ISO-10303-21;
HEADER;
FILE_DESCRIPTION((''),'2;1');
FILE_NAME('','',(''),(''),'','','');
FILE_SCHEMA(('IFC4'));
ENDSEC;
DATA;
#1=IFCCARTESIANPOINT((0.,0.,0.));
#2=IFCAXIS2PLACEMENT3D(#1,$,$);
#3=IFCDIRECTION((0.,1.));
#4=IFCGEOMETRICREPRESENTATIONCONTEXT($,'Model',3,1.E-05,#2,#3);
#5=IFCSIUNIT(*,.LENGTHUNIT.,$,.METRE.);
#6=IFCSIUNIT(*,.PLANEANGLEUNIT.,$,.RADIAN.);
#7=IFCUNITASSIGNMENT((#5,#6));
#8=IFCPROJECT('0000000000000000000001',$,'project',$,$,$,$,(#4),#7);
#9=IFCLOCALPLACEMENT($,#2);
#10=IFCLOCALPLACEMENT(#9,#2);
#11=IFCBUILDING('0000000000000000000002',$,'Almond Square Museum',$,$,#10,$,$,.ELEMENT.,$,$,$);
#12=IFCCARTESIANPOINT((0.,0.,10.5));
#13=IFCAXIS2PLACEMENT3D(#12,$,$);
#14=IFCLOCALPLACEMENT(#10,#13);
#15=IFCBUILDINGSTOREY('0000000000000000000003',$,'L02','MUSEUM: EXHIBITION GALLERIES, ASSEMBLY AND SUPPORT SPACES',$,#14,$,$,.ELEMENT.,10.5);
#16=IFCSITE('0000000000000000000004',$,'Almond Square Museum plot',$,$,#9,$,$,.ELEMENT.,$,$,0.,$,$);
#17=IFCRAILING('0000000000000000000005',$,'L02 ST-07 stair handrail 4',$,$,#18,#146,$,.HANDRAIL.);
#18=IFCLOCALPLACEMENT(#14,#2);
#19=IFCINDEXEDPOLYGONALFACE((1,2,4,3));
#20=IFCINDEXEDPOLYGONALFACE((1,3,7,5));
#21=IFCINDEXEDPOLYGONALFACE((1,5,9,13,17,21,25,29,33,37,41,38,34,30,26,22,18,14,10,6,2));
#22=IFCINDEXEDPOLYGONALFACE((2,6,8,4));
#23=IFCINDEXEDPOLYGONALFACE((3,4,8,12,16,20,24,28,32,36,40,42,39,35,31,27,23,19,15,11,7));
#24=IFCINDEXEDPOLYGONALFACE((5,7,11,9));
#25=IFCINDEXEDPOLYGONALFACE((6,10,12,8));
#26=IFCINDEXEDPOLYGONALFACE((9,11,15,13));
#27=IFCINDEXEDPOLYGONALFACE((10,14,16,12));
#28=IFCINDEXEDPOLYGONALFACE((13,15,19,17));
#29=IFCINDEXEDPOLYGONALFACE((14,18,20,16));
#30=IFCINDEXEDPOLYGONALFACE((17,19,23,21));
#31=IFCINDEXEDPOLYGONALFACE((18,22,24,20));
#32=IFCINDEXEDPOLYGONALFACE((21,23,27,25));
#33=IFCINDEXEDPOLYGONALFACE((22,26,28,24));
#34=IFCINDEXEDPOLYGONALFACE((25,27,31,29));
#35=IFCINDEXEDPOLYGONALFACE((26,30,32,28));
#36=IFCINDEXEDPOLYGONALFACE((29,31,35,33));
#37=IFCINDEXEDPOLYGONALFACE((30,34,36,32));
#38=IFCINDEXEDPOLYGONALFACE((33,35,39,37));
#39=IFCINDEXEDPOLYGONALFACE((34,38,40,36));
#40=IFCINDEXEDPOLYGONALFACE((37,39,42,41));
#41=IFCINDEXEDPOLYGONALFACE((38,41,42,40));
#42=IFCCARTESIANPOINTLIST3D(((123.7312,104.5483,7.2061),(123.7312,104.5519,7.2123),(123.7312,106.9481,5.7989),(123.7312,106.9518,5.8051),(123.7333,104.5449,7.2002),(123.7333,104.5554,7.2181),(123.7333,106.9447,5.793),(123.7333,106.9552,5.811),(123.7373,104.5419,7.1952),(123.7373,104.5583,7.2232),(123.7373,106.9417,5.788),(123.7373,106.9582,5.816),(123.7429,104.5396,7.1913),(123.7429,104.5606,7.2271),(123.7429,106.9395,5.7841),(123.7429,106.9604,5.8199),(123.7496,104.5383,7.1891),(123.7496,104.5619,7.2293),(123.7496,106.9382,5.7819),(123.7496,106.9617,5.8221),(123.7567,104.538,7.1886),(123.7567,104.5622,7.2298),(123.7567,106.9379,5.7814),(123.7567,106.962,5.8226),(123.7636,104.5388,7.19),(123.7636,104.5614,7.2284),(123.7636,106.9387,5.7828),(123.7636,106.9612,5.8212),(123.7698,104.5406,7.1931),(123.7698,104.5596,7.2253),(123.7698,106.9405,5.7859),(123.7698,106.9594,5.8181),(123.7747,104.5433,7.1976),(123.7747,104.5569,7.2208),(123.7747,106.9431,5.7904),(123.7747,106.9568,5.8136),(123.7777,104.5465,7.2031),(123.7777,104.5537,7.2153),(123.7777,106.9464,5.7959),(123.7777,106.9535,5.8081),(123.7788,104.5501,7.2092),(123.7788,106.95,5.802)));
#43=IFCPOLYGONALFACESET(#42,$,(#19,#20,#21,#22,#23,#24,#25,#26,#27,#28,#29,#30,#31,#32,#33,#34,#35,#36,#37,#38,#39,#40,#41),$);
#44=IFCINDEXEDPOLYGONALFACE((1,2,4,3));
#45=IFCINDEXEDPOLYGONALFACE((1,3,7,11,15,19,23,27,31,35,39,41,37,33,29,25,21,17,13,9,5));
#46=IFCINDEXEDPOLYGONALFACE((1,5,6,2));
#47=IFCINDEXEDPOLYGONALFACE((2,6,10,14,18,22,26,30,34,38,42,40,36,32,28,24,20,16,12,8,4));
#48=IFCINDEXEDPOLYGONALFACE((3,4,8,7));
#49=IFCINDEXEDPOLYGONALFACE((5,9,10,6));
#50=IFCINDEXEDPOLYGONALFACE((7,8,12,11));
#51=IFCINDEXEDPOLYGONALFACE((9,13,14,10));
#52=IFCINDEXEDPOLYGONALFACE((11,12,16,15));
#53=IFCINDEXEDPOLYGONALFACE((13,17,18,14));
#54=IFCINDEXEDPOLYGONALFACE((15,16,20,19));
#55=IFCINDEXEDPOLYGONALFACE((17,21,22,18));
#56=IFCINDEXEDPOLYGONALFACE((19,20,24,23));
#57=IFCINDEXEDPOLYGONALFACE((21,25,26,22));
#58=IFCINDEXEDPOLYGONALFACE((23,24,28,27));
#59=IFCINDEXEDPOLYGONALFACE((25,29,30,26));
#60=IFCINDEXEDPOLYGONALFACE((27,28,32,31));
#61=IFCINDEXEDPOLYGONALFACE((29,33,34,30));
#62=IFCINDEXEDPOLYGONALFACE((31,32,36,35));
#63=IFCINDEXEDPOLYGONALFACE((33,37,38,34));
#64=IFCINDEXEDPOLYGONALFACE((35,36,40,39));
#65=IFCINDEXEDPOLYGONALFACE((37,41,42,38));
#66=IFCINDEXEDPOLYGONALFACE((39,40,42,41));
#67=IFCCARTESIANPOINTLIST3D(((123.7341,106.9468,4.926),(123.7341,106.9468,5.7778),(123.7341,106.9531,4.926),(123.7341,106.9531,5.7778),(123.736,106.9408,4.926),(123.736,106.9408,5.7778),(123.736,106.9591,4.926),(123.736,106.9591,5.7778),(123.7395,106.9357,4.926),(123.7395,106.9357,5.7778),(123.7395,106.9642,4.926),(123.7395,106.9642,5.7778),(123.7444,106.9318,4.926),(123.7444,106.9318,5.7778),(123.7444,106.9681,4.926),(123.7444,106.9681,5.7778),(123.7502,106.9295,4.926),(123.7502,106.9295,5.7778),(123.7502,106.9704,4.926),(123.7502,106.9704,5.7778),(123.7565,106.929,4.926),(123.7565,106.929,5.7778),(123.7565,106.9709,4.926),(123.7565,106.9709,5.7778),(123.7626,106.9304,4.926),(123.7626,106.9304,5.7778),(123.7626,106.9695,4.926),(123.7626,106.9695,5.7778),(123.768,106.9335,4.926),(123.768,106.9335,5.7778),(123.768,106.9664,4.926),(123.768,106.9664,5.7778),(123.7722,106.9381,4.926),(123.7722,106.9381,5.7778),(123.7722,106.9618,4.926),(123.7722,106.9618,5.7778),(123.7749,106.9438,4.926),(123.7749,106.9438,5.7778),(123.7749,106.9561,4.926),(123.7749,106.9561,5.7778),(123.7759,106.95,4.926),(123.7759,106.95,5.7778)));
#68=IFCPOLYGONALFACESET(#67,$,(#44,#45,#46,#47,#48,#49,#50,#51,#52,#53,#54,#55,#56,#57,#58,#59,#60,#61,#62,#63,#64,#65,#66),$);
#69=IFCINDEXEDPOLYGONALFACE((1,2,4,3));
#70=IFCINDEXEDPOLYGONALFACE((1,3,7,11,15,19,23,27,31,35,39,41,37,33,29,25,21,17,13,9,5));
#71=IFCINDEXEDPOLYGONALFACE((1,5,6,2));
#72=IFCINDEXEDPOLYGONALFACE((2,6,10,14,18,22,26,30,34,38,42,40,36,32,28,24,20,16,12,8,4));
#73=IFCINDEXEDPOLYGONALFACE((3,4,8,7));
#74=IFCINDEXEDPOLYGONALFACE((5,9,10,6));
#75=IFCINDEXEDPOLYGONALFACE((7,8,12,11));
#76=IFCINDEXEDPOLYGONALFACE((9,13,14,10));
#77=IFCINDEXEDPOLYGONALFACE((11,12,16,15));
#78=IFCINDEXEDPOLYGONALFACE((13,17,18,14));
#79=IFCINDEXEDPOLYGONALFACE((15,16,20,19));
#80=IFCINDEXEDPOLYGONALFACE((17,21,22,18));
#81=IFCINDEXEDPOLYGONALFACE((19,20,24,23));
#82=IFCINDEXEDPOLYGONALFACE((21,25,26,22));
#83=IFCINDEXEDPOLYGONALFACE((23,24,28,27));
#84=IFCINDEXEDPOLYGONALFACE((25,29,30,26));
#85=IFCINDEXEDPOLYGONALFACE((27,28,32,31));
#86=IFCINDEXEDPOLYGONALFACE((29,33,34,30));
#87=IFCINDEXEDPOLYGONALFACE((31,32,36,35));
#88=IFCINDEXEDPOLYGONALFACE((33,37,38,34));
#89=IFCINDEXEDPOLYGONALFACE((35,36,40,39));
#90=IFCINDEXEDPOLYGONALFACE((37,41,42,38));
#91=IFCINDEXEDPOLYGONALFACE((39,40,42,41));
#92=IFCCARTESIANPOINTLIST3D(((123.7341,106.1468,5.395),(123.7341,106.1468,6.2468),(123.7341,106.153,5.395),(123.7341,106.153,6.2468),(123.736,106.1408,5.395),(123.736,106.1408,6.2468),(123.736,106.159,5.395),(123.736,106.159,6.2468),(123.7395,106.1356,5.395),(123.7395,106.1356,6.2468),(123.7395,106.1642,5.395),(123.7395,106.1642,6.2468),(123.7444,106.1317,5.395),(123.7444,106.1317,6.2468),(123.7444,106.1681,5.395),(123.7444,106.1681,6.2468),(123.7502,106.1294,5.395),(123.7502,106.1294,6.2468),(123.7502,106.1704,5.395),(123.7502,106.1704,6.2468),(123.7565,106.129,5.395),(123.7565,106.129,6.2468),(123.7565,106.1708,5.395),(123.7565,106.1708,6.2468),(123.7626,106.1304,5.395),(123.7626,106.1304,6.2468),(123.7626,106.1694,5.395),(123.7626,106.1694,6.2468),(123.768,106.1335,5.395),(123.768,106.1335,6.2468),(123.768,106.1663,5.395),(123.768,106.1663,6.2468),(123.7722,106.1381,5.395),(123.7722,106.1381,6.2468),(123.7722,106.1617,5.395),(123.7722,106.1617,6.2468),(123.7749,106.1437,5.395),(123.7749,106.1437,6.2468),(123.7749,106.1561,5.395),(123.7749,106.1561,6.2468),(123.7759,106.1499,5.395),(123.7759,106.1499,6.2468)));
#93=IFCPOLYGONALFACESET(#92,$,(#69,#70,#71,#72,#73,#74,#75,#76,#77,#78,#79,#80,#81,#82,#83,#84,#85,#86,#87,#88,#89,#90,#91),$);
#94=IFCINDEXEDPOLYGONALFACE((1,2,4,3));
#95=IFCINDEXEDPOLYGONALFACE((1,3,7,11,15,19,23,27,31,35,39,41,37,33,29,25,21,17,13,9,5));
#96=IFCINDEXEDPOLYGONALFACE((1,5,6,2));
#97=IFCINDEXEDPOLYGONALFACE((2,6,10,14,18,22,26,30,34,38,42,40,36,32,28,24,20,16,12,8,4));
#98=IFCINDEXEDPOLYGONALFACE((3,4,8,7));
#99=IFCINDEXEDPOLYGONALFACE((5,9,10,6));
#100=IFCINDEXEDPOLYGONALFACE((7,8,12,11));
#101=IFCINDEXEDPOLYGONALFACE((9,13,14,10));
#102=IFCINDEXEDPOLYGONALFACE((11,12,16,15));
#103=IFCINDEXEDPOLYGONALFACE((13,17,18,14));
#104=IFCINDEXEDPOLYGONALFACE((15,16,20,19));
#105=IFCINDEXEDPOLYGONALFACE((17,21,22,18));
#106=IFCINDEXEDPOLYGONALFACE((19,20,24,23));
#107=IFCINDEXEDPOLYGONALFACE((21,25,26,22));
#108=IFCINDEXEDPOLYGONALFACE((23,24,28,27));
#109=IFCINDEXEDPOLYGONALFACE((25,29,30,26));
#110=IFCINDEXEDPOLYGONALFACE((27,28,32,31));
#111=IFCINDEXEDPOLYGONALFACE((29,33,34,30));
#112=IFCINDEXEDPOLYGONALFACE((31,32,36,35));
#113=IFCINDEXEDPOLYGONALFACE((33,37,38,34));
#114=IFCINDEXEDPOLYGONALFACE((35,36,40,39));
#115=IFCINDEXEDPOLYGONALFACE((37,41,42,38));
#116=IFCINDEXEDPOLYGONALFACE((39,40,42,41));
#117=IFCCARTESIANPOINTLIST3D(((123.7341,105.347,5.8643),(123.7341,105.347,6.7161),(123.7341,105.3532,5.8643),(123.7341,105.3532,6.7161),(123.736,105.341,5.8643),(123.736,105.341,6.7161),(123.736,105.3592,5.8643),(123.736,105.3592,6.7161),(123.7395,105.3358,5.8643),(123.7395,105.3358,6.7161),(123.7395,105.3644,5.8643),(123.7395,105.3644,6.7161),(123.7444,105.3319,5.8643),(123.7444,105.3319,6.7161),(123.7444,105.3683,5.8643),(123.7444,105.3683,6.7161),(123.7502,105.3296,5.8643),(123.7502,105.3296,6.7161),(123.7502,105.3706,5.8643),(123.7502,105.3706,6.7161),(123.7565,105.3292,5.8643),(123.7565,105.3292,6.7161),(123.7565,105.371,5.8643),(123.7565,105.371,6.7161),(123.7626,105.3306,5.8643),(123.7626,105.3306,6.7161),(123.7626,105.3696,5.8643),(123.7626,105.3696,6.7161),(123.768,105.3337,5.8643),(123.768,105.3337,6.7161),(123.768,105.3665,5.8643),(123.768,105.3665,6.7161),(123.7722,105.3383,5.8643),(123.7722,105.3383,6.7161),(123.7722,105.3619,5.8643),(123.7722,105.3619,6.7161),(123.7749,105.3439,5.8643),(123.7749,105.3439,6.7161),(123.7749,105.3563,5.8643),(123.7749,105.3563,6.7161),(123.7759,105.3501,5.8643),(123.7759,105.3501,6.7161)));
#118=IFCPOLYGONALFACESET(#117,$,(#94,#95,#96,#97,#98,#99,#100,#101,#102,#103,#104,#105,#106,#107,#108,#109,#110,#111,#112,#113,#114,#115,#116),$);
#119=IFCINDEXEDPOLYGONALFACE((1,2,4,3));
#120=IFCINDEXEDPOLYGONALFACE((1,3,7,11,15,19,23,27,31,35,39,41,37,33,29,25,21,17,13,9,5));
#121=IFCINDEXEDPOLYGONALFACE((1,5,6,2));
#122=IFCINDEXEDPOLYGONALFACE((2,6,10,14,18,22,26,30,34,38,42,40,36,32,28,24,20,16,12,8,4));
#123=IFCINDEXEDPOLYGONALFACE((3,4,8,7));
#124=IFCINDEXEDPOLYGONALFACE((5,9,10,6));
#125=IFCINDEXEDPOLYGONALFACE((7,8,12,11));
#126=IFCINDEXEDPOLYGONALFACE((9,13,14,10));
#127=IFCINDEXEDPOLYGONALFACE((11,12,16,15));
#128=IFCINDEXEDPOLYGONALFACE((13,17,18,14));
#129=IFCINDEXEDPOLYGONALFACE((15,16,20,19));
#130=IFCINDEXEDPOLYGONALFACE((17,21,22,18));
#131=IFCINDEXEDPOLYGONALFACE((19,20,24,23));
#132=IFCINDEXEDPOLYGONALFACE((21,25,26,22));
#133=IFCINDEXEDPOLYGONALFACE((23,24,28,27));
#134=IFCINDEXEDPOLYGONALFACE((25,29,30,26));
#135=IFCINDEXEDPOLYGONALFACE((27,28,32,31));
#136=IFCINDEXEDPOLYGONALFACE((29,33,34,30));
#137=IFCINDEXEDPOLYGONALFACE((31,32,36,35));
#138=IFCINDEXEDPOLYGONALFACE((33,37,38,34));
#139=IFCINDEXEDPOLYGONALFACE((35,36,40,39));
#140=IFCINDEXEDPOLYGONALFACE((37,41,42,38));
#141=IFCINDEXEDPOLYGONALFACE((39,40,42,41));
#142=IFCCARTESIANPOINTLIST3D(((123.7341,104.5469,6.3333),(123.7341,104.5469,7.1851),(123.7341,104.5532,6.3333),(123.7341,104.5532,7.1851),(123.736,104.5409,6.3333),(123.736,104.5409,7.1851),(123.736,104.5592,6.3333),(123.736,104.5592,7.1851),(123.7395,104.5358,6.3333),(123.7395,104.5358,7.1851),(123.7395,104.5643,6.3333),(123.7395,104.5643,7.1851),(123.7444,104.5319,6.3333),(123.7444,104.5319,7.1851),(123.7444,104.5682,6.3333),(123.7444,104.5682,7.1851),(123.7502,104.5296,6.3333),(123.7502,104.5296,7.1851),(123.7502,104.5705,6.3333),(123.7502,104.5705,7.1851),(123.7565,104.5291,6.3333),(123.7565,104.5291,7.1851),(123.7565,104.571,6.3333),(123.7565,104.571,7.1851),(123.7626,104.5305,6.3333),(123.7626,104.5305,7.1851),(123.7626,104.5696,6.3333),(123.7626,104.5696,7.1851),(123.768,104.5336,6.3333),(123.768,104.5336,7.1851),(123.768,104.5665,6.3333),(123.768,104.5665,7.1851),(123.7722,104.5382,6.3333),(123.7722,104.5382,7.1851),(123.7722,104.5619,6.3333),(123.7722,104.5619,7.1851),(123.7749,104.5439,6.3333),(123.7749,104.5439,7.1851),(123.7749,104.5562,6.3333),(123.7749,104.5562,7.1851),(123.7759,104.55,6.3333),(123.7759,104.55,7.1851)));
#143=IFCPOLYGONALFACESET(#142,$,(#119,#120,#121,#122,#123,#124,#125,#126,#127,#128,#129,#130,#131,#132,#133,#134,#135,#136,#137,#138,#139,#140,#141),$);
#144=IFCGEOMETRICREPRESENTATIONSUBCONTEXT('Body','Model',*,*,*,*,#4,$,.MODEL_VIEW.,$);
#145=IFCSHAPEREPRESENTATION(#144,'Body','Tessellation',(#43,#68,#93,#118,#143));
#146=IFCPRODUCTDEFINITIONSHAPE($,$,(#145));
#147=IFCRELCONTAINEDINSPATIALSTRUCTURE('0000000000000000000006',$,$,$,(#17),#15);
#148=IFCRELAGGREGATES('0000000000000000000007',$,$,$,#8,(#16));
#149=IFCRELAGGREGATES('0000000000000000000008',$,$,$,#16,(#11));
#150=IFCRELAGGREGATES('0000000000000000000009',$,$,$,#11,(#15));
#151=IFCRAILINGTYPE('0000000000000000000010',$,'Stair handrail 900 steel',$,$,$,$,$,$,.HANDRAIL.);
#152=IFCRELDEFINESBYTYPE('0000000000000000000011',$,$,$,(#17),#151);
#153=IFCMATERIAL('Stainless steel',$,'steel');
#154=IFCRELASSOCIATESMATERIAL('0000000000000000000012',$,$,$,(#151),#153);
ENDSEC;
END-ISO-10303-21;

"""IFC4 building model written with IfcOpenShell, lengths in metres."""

from ifc_helpers import new_model, si_unit, direction, frame, origin, origin_2d, place, context, subcontext, project, spatial, circle, extrude, material, type_object, element, save


model = new_model("IFC4")

# Units and contexts
model_context = context("Model", 3, precision=1e-05, world=origin(), true_north=direction((0.0, 1.0)))
body_context = subcontext(model_context, "Body", "Model", "MODEL_VIEW")
ifc_project = project(units=[si_unit("LENGTHUNIT", "METRE"), si_unit("PLANEANGLEUNIT", "RADIAN")], contexts=[model_context])

# Site, building, storey
site_placement = place(None, origin())
site = spatial("IfcSite", under=ifc_project, at=site_placement, Name="Almond Square Museum plot", CompositionType="ELEMENT", RefElevation=0.0)
building_placement = place(site_placement, origin())
building = spatial("IfcBuilding", under=site, at=building_placement, Name="Almond Square Museum", CompositionType="ELEMENT")
storey_placement = place(building_placement, frame((0.0, 0.0, 10.5)))
storey = spatial("IfcBuildingStorey", under=building, at=storey_placement, Name="L02", Description="MUSEUM: EXHIBITION GALLERIES, ASSEMBLY AND SUPPORT SPACES", CompositionType="ELEMENT", Elevation=10.5)

# Railing
ifc_material_1 = material(Name="Stainless steel", Category="steel")
railing_type = type_object("IfcRailingType", Name="Stair handrail 900 steel", PredefinedType="HANDRAIL", material=ifc_material_1)
railing_1_placement = place(storey_placement, frame((123.7549, 106.95, 4.926)))
element("IfcRailing", 1, at=railing_1_placement, inside=storey, type_object=railing_type, Name="L02 ST-07 stair handrail 4", PredefinedType="HANDRAIL", context=body_context, shape_type="SweptSolid", body=[
    extrude(circle(Radius=0.0239, at=origin_2d()), frame((0.0, 0.0, 0.876), z_axis=(0.0, -0.862637, 0.505823), x_axis=(1.0, 0.0, 0.0)), (0.0, 0.0, 1.0), 2.782),
    extrude(circle(Radius=0.021, at=origin_2d()), origin(), (0.0, 0.0, 1.0), 0.8518),
    extrude(circle(Radius=0.021, at=origin_2d()), frame((0.0, -0.8, 0.469)), (0.0, 0.0, 1.0), 0.8518),
    extrude(circle(Radius=0.021, at=origin_2d()), frame((0.0, -1.5999, 0.9382)), (0.0, 0.0, 1.0), 0.8518),
    extrude(circle(Radius=0.021, at=origin_2d()), frame((0.0, -2.3999, 1.4072)), (0.0, 0.0, 1.0), 0.8518),
])

save(model, "model.ifc")
